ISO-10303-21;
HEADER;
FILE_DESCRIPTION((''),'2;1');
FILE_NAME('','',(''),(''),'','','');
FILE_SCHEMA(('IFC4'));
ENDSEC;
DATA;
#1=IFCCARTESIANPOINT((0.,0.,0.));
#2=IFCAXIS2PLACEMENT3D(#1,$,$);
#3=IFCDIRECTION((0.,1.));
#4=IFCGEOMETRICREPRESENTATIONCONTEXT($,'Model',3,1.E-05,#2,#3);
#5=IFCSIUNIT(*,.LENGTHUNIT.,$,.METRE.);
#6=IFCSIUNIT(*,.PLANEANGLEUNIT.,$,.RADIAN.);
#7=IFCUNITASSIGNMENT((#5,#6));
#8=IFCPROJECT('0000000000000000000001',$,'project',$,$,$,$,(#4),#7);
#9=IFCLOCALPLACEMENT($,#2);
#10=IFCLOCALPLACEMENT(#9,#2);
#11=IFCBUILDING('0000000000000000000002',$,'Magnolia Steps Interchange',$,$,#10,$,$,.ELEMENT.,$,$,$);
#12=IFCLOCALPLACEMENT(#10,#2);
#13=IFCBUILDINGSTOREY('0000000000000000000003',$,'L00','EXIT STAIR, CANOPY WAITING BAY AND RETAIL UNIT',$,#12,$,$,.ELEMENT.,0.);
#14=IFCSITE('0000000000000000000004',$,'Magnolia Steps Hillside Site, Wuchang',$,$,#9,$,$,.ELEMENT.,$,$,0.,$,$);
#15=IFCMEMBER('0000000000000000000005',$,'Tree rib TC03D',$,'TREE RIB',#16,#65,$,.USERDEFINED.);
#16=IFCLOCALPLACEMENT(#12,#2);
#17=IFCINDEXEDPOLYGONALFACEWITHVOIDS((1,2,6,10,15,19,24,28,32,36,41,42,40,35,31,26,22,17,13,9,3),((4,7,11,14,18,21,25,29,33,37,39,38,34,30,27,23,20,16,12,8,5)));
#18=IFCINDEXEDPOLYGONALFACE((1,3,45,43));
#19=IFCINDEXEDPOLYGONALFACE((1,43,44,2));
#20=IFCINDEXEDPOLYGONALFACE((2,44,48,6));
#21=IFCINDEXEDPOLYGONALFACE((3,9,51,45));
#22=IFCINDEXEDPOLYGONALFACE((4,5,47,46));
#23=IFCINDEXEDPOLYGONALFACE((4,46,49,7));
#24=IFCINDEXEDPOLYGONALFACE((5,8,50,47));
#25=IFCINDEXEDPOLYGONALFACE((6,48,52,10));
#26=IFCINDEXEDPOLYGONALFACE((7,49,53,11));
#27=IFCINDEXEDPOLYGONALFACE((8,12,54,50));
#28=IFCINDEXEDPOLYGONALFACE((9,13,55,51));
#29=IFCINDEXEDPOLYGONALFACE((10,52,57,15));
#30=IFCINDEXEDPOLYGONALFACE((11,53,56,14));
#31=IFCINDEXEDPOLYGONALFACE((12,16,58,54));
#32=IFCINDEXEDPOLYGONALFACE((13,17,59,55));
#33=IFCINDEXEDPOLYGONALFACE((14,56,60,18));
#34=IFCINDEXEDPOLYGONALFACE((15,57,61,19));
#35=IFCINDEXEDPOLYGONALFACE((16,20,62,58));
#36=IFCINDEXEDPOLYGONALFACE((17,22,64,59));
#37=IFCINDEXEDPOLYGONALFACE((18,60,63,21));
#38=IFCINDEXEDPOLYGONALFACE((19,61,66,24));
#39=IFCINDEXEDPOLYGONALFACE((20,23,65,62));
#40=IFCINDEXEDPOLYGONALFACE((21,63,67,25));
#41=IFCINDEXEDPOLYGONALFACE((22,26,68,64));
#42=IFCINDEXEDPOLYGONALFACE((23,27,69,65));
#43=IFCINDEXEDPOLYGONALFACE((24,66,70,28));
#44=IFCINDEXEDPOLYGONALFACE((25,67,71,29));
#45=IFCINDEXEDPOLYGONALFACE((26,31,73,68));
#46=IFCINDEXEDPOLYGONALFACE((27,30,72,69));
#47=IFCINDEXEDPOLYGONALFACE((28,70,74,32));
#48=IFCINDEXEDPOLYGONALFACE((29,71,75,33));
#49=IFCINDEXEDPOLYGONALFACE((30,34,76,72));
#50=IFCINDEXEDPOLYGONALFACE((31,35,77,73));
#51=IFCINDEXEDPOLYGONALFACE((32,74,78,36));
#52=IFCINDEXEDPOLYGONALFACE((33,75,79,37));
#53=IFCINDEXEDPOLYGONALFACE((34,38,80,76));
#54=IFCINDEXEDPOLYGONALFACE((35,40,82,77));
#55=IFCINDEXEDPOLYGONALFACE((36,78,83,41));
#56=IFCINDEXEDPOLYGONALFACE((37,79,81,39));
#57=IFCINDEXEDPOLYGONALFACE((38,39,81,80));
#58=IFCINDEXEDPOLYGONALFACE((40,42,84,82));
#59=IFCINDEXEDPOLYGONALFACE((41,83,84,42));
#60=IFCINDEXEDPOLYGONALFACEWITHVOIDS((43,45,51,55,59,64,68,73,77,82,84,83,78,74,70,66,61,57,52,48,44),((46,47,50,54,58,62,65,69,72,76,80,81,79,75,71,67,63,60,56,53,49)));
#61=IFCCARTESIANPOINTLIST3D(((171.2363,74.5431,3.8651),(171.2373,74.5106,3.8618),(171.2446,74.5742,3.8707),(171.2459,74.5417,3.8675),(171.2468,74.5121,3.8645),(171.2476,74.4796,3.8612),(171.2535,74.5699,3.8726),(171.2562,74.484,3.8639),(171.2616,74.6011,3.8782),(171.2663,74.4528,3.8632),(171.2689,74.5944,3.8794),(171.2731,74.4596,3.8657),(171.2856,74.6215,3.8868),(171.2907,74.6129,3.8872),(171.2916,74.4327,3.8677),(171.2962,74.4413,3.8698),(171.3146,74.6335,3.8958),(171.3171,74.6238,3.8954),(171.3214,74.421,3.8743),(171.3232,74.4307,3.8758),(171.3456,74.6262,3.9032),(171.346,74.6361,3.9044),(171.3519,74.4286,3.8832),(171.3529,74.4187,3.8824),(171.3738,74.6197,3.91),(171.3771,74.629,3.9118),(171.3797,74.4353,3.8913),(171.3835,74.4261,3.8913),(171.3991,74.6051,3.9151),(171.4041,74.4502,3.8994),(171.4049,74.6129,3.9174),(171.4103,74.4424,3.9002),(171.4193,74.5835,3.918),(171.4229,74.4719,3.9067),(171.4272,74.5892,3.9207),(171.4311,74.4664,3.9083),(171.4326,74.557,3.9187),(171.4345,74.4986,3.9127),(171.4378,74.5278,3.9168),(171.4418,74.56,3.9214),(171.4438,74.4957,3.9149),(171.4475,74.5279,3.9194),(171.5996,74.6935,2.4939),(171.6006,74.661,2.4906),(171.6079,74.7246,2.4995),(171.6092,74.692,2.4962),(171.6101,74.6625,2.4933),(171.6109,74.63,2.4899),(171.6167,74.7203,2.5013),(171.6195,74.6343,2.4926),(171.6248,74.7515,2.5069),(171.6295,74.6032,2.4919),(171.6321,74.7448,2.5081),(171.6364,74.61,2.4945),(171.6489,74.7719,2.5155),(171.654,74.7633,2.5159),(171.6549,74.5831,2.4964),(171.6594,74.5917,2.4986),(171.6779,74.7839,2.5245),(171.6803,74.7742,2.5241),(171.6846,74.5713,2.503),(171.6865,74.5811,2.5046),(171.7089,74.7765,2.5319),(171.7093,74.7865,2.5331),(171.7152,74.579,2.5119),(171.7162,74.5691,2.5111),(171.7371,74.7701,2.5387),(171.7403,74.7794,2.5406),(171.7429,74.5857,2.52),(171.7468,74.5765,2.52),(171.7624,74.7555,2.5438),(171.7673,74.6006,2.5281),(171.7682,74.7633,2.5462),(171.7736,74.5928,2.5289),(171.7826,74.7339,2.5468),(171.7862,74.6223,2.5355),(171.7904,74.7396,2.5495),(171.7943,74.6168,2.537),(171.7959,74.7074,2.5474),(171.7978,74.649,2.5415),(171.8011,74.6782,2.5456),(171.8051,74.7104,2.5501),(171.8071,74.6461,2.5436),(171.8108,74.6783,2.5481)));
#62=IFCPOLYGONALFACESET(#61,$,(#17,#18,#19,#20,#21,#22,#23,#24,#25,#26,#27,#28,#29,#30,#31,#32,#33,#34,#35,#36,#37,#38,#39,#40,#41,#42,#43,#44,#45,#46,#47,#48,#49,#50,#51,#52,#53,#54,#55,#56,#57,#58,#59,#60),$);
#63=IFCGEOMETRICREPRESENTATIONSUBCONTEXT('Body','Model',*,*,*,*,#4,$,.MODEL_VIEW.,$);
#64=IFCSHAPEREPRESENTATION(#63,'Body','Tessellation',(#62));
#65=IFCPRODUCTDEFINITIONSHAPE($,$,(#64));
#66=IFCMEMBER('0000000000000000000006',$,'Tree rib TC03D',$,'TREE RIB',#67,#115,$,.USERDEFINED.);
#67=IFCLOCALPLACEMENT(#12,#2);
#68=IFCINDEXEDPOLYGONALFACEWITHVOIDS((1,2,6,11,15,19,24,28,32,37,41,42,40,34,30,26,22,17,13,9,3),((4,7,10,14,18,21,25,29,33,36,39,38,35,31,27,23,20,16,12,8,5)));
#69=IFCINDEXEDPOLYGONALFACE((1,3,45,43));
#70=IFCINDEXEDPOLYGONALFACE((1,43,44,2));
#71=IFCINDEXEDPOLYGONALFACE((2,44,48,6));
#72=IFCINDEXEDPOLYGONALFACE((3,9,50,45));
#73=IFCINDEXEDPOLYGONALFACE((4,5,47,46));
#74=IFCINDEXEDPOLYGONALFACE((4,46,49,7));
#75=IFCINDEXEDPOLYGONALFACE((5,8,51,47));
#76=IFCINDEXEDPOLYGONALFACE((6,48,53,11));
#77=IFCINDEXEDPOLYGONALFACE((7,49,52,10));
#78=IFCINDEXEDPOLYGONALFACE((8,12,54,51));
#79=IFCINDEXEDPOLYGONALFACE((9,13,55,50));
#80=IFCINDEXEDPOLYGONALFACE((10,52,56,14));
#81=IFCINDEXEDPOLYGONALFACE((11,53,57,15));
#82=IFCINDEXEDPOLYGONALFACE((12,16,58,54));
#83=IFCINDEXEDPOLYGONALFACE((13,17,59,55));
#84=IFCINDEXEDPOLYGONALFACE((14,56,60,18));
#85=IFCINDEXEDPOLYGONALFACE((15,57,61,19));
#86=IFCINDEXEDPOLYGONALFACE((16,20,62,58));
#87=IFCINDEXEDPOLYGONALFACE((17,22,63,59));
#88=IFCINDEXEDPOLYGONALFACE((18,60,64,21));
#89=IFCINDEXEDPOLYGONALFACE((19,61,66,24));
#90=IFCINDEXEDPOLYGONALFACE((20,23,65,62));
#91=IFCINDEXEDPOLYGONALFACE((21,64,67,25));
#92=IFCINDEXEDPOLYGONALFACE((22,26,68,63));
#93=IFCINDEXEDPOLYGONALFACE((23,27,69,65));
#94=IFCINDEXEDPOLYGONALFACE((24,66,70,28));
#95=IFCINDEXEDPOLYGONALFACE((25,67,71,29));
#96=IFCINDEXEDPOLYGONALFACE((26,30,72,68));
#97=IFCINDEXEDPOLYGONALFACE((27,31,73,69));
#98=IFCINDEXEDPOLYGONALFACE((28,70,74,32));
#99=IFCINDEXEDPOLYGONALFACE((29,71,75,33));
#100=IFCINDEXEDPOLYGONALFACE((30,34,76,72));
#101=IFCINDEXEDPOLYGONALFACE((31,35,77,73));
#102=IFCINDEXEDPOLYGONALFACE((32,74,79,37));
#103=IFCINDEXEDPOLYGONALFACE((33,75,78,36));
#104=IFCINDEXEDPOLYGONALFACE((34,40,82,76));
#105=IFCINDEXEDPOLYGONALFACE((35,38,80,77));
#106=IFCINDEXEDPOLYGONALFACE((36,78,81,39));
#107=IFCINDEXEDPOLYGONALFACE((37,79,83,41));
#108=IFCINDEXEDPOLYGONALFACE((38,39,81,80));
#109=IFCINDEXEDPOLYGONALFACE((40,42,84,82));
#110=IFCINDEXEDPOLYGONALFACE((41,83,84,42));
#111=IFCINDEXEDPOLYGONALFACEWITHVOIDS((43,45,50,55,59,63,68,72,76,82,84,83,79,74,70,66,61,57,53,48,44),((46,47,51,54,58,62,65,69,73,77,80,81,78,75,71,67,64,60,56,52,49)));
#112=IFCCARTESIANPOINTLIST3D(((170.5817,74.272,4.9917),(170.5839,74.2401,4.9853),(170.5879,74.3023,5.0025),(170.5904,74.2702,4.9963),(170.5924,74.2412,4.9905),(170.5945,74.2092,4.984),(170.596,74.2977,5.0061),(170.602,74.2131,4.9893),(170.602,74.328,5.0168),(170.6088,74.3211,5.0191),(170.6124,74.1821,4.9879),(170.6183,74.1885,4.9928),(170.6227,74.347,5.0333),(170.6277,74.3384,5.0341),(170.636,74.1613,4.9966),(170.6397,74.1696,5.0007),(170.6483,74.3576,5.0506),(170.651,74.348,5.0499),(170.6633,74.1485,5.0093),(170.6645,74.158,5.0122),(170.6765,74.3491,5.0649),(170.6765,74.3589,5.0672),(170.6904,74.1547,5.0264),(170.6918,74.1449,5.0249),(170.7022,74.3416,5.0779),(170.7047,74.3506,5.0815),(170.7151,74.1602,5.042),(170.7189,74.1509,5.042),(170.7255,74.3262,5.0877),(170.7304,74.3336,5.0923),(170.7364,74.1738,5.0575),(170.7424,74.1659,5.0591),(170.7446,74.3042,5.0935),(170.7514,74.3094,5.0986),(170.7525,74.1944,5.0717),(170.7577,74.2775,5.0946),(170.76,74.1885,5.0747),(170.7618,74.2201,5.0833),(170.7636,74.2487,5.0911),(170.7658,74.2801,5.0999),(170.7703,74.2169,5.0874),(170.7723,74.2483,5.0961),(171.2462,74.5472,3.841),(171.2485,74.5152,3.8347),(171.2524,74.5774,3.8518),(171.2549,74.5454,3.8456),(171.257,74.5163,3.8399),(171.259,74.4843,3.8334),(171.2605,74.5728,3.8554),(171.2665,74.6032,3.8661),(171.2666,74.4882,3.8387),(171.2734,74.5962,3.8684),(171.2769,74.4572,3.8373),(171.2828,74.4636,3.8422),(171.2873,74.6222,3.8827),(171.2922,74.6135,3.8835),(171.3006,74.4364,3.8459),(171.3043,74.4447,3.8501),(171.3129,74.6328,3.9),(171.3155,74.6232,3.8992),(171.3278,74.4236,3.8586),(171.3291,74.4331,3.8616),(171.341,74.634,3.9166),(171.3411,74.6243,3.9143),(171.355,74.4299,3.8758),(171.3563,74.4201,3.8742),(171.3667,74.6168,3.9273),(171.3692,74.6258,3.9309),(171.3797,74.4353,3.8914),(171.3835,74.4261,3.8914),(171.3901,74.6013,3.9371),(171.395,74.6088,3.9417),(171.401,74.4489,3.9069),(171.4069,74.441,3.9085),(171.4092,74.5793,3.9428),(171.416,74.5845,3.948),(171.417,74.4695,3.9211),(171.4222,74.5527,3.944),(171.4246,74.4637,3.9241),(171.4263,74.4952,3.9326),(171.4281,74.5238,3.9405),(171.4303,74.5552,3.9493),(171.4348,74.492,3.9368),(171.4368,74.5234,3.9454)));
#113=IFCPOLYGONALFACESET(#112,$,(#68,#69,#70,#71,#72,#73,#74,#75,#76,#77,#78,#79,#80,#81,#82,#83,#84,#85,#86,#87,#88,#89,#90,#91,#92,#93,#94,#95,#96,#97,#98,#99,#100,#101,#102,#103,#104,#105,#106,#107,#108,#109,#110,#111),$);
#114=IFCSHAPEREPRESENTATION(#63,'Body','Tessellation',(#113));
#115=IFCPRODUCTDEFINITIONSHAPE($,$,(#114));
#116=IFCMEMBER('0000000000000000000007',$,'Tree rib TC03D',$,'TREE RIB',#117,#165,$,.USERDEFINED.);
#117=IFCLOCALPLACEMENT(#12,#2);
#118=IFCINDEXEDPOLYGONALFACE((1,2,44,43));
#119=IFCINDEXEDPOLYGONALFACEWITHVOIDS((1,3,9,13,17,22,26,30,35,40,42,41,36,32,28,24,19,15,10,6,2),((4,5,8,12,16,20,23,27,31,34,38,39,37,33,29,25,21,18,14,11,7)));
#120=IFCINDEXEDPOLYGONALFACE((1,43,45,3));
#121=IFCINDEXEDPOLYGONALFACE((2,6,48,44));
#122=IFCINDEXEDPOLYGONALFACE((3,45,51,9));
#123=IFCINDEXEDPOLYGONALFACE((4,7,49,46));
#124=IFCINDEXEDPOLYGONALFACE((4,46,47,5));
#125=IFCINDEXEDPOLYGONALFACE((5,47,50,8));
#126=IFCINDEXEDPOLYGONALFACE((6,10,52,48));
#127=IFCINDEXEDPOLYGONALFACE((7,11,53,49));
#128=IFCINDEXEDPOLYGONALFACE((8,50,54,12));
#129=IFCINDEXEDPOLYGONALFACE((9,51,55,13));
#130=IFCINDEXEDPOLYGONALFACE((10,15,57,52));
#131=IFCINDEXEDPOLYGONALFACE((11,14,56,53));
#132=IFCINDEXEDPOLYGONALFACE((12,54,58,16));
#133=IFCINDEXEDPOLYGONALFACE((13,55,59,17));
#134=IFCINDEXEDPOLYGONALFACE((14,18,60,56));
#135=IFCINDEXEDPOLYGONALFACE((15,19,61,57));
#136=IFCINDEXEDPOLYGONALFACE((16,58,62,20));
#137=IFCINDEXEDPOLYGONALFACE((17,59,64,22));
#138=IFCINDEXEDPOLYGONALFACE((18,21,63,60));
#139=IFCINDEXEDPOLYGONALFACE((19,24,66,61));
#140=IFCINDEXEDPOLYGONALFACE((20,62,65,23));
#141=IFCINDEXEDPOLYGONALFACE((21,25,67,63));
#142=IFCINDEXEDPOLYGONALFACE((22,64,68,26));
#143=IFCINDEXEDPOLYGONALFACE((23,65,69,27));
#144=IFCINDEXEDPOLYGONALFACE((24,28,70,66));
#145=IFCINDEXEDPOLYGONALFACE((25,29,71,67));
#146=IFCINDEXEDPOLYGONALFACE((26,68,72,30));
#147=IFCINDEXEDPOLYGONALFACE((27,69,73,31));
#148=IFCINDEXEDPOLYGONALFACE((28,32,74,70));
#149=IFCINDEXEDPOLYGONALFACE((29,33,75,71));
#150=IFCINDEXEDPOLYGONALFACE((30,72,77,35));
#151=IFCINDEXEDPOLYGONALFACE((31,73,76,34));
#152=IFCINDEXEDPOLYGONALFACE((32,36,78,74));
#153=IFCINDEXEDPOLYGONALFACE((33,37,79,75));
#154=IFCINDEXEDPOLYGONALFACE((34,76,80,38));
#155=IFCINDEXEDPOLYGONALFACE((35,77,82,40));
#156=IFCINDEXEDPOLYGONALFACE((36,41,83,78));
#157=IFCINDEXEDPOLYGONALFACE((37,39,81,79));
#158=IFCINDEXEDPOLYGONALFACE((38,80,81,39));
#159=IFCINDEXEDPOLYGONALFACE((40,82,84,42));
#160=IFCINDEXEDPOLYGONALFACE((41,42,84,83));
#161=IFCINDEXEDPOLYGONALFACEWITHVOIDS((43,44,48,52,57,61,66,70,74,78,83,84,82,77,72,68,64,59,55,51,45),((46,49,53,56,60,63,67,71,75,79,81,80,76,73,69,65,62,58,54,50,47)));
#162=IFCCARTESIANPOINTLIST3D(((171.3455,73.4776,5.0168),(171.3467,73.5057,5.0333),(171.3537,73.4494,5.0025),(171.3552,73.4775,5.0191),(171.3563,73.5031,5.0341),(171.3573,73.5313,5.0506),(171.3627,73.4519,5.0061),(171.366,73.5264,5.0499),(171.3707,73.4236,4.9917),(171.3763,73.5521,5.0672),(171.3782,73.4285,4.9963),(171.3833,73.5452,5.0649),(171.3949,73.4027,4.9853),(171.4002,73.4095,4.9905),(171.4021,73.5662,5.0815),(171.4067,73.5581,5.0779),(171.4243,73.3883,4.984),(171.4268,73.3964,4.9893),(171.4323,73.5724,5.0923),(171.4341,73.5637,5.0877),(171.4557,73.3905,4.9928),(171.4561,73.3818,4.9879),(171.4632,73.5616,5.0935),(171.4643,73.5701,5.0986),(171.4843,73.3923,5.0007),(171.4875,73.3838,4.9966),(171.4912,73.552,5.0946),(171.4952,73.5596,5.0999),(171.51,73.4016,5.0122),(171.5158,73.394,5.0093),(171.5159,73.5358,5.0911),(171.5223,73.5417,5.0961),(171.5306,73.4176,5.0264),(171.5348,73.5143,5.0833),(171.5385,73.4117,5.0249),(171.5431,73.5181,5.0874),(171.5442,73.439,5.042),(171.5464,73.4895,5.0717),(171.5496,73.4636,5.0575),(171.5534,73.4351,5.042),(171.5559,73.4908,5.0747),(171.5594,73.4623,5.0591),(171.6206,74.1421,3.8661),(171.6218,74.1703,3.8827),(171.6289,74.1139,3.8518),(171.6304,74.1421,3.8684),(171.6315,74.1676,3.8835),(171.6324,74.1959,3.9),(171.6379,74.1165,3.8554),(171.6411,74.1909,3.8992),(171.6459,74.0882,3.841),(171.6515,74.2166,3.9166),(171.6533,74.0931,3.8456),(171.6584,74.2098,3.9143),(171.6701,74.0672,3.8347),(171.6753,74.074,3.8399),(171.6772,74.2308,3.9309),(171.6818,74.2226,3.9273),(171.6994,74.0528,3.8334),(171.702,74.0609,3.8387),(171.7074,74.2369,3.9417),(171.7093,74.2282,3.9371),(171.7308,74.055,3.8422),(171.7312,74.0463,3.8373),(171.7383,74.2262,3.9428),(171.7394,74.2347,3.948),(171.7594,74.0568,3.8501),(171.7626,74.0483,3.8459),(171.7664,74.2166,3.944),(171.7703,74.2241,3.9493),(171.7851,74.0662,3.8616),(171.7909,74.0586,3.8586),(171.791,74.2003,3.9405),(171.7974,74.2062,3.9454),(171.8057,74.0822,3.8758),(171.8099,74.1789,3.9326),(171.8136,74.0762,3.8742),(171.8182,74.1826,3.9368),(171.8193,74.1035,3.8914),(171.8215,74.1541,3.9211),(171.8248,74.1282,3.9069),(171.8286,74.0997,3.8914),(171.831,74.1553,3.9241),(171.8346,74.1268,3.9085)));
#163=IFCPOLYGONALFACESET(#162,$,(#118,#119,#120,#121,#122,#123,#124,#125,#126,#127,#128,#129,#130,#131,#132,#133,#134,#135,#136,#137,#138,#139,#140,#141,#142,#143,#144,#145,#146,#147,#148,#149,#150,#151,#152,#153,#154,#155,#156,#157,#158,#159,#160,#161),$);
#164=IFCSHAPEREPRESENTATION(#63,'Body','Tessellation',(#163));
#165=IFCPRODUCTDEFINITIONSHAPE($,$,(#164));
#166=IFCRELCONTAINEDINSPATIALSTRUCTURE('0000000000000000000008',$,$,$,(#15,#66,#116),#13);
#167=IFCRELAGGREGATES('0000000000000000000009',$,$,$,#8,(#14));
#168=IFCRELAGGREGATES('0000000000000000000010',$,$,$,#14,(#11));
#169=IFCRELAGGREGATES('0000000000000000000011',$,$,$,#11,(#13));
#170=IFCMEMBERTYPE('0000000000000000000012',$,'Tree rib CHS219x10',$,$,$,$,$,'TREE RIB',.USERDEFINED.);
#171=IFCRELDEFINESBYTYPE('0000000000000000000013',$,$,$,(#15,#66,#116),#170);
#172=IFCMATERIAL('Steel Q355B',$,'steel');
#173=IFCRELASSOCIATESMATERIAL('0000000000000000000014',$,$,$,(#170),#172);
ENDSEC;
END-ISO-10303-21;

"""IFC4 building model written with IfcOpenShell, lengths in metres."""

from ifc_helpers import new_model, si_unit, direction, frame, origin, origin_2d, place, context, subcontext, project, spatial, hollow_circle, extrude, material, material_profile, profile_set, type_object, element, save


model = new_model("IFC4")

# Units and contexts
model_context = context("Model", 3, precision=1e-05, world=origin(), true_north=direction((0.0, 1.0)))
body_context = subcontext(model_context, "Body", "Model", "MODEL_VIEW")
ifc_project = project(units=[si_unit("LENGTHUNIT", "METRE"), si_unit("PLANEANGLEUNIT", "RADIAN")], contexts=[model_context])

# Site, building, storey
site_placement = place(None, origin())
site = spatial("IfcSite", under=ifc_project, at=site_placement, Name="Magnolia Steps Hillside Site, Wuchang", CompositionType="ELEMENT", RefElevation=0.0)
building_placement = place(site_placement, origin())
building = spatial("IfcBuilding", under=site, at=building_placement, Name="Magnolia Steps Interchange", CompositionType="ELEMENT")
storey_placement = place(building_placement, origin())
storey = spatial("IfcBuildingStorey", under=building, at=storey_placement, Name="L00", Description="EXIT STAIR, CANOPY WAITING BAY AND RETAIL UNIT", CompositionType="ELEMENT", Elevation=0.0)

# Members
ifc_material_1 = material(Name="Steel Q355B", Category="steel")
ifc_material_profile_1 = material_profile(ifc_material_1, hollow_circle(Radius=0.1096, WallThickness=0.01, at=origin_2d()), Name="CHS219x10")
ifc_profile_set_1 = profile_set([ifc_material_profile_1], Name="Steel Q355B")
member_type = type_object("IfcMemberType", Name="Tree rib CHS219x10", ElementType="TREE RIB", PredefinedType="USERDEFINED", material=ifc_profile_set_1)
member_1_placement = place(storey_placement, frame((171.7048, 74.6777, 2.52), z_axis=(-0.25465, -0.10542, 0.96127), x_axis=(0.382498, -0.923956, 0.0)))
element("IfcMember", 1, at=member_1_placement, inside=storey, type_object=member_type, Name="Tree rib TC03D", ObjectType="TREE RIB", PredefinedType="USERDEFINED", context=body_context, shape_type="SweptSolid", body=[
    extrude(hollow_circle(Radius=0.1096, WallThickness=0.01, at=origin_2d()), origin(), (0.0, 0.0, 1.0), 1.4265),
])
for number, where, z_axis, x_axis, name in (
    (2, (171.3416, 74.5273, 3.8914), (-0.489741, -0.202769, 0.847961), (0.382542, -0.923938, 0.0), "Tree rib TC03D"),
    (3, (171.7273, 74.1416, 3.8914), (-0.202769, -0.489741, 0.847961), (0.923938, -0.382542, 0.0), "Tree rib TC03D"),
):
    element("IfcMember", number, at=place(storey_placement, frame(where, z_axis=z_axis, x_axis=x_axis)), inside=storey, type_object=member_type, Name=name, ObjectType="TREE RIB", PredefinedType="USERDEFINED", context=body_context, shape_type="SweptSolid", body=[
        extrude(hollow_circle(Radius=0.1096, WallThickness=0.01, at=origin_2d()), origin(), (0.0, 0.0, 1.0), 1.3569),
    ])

save(model, "model.ifc")
